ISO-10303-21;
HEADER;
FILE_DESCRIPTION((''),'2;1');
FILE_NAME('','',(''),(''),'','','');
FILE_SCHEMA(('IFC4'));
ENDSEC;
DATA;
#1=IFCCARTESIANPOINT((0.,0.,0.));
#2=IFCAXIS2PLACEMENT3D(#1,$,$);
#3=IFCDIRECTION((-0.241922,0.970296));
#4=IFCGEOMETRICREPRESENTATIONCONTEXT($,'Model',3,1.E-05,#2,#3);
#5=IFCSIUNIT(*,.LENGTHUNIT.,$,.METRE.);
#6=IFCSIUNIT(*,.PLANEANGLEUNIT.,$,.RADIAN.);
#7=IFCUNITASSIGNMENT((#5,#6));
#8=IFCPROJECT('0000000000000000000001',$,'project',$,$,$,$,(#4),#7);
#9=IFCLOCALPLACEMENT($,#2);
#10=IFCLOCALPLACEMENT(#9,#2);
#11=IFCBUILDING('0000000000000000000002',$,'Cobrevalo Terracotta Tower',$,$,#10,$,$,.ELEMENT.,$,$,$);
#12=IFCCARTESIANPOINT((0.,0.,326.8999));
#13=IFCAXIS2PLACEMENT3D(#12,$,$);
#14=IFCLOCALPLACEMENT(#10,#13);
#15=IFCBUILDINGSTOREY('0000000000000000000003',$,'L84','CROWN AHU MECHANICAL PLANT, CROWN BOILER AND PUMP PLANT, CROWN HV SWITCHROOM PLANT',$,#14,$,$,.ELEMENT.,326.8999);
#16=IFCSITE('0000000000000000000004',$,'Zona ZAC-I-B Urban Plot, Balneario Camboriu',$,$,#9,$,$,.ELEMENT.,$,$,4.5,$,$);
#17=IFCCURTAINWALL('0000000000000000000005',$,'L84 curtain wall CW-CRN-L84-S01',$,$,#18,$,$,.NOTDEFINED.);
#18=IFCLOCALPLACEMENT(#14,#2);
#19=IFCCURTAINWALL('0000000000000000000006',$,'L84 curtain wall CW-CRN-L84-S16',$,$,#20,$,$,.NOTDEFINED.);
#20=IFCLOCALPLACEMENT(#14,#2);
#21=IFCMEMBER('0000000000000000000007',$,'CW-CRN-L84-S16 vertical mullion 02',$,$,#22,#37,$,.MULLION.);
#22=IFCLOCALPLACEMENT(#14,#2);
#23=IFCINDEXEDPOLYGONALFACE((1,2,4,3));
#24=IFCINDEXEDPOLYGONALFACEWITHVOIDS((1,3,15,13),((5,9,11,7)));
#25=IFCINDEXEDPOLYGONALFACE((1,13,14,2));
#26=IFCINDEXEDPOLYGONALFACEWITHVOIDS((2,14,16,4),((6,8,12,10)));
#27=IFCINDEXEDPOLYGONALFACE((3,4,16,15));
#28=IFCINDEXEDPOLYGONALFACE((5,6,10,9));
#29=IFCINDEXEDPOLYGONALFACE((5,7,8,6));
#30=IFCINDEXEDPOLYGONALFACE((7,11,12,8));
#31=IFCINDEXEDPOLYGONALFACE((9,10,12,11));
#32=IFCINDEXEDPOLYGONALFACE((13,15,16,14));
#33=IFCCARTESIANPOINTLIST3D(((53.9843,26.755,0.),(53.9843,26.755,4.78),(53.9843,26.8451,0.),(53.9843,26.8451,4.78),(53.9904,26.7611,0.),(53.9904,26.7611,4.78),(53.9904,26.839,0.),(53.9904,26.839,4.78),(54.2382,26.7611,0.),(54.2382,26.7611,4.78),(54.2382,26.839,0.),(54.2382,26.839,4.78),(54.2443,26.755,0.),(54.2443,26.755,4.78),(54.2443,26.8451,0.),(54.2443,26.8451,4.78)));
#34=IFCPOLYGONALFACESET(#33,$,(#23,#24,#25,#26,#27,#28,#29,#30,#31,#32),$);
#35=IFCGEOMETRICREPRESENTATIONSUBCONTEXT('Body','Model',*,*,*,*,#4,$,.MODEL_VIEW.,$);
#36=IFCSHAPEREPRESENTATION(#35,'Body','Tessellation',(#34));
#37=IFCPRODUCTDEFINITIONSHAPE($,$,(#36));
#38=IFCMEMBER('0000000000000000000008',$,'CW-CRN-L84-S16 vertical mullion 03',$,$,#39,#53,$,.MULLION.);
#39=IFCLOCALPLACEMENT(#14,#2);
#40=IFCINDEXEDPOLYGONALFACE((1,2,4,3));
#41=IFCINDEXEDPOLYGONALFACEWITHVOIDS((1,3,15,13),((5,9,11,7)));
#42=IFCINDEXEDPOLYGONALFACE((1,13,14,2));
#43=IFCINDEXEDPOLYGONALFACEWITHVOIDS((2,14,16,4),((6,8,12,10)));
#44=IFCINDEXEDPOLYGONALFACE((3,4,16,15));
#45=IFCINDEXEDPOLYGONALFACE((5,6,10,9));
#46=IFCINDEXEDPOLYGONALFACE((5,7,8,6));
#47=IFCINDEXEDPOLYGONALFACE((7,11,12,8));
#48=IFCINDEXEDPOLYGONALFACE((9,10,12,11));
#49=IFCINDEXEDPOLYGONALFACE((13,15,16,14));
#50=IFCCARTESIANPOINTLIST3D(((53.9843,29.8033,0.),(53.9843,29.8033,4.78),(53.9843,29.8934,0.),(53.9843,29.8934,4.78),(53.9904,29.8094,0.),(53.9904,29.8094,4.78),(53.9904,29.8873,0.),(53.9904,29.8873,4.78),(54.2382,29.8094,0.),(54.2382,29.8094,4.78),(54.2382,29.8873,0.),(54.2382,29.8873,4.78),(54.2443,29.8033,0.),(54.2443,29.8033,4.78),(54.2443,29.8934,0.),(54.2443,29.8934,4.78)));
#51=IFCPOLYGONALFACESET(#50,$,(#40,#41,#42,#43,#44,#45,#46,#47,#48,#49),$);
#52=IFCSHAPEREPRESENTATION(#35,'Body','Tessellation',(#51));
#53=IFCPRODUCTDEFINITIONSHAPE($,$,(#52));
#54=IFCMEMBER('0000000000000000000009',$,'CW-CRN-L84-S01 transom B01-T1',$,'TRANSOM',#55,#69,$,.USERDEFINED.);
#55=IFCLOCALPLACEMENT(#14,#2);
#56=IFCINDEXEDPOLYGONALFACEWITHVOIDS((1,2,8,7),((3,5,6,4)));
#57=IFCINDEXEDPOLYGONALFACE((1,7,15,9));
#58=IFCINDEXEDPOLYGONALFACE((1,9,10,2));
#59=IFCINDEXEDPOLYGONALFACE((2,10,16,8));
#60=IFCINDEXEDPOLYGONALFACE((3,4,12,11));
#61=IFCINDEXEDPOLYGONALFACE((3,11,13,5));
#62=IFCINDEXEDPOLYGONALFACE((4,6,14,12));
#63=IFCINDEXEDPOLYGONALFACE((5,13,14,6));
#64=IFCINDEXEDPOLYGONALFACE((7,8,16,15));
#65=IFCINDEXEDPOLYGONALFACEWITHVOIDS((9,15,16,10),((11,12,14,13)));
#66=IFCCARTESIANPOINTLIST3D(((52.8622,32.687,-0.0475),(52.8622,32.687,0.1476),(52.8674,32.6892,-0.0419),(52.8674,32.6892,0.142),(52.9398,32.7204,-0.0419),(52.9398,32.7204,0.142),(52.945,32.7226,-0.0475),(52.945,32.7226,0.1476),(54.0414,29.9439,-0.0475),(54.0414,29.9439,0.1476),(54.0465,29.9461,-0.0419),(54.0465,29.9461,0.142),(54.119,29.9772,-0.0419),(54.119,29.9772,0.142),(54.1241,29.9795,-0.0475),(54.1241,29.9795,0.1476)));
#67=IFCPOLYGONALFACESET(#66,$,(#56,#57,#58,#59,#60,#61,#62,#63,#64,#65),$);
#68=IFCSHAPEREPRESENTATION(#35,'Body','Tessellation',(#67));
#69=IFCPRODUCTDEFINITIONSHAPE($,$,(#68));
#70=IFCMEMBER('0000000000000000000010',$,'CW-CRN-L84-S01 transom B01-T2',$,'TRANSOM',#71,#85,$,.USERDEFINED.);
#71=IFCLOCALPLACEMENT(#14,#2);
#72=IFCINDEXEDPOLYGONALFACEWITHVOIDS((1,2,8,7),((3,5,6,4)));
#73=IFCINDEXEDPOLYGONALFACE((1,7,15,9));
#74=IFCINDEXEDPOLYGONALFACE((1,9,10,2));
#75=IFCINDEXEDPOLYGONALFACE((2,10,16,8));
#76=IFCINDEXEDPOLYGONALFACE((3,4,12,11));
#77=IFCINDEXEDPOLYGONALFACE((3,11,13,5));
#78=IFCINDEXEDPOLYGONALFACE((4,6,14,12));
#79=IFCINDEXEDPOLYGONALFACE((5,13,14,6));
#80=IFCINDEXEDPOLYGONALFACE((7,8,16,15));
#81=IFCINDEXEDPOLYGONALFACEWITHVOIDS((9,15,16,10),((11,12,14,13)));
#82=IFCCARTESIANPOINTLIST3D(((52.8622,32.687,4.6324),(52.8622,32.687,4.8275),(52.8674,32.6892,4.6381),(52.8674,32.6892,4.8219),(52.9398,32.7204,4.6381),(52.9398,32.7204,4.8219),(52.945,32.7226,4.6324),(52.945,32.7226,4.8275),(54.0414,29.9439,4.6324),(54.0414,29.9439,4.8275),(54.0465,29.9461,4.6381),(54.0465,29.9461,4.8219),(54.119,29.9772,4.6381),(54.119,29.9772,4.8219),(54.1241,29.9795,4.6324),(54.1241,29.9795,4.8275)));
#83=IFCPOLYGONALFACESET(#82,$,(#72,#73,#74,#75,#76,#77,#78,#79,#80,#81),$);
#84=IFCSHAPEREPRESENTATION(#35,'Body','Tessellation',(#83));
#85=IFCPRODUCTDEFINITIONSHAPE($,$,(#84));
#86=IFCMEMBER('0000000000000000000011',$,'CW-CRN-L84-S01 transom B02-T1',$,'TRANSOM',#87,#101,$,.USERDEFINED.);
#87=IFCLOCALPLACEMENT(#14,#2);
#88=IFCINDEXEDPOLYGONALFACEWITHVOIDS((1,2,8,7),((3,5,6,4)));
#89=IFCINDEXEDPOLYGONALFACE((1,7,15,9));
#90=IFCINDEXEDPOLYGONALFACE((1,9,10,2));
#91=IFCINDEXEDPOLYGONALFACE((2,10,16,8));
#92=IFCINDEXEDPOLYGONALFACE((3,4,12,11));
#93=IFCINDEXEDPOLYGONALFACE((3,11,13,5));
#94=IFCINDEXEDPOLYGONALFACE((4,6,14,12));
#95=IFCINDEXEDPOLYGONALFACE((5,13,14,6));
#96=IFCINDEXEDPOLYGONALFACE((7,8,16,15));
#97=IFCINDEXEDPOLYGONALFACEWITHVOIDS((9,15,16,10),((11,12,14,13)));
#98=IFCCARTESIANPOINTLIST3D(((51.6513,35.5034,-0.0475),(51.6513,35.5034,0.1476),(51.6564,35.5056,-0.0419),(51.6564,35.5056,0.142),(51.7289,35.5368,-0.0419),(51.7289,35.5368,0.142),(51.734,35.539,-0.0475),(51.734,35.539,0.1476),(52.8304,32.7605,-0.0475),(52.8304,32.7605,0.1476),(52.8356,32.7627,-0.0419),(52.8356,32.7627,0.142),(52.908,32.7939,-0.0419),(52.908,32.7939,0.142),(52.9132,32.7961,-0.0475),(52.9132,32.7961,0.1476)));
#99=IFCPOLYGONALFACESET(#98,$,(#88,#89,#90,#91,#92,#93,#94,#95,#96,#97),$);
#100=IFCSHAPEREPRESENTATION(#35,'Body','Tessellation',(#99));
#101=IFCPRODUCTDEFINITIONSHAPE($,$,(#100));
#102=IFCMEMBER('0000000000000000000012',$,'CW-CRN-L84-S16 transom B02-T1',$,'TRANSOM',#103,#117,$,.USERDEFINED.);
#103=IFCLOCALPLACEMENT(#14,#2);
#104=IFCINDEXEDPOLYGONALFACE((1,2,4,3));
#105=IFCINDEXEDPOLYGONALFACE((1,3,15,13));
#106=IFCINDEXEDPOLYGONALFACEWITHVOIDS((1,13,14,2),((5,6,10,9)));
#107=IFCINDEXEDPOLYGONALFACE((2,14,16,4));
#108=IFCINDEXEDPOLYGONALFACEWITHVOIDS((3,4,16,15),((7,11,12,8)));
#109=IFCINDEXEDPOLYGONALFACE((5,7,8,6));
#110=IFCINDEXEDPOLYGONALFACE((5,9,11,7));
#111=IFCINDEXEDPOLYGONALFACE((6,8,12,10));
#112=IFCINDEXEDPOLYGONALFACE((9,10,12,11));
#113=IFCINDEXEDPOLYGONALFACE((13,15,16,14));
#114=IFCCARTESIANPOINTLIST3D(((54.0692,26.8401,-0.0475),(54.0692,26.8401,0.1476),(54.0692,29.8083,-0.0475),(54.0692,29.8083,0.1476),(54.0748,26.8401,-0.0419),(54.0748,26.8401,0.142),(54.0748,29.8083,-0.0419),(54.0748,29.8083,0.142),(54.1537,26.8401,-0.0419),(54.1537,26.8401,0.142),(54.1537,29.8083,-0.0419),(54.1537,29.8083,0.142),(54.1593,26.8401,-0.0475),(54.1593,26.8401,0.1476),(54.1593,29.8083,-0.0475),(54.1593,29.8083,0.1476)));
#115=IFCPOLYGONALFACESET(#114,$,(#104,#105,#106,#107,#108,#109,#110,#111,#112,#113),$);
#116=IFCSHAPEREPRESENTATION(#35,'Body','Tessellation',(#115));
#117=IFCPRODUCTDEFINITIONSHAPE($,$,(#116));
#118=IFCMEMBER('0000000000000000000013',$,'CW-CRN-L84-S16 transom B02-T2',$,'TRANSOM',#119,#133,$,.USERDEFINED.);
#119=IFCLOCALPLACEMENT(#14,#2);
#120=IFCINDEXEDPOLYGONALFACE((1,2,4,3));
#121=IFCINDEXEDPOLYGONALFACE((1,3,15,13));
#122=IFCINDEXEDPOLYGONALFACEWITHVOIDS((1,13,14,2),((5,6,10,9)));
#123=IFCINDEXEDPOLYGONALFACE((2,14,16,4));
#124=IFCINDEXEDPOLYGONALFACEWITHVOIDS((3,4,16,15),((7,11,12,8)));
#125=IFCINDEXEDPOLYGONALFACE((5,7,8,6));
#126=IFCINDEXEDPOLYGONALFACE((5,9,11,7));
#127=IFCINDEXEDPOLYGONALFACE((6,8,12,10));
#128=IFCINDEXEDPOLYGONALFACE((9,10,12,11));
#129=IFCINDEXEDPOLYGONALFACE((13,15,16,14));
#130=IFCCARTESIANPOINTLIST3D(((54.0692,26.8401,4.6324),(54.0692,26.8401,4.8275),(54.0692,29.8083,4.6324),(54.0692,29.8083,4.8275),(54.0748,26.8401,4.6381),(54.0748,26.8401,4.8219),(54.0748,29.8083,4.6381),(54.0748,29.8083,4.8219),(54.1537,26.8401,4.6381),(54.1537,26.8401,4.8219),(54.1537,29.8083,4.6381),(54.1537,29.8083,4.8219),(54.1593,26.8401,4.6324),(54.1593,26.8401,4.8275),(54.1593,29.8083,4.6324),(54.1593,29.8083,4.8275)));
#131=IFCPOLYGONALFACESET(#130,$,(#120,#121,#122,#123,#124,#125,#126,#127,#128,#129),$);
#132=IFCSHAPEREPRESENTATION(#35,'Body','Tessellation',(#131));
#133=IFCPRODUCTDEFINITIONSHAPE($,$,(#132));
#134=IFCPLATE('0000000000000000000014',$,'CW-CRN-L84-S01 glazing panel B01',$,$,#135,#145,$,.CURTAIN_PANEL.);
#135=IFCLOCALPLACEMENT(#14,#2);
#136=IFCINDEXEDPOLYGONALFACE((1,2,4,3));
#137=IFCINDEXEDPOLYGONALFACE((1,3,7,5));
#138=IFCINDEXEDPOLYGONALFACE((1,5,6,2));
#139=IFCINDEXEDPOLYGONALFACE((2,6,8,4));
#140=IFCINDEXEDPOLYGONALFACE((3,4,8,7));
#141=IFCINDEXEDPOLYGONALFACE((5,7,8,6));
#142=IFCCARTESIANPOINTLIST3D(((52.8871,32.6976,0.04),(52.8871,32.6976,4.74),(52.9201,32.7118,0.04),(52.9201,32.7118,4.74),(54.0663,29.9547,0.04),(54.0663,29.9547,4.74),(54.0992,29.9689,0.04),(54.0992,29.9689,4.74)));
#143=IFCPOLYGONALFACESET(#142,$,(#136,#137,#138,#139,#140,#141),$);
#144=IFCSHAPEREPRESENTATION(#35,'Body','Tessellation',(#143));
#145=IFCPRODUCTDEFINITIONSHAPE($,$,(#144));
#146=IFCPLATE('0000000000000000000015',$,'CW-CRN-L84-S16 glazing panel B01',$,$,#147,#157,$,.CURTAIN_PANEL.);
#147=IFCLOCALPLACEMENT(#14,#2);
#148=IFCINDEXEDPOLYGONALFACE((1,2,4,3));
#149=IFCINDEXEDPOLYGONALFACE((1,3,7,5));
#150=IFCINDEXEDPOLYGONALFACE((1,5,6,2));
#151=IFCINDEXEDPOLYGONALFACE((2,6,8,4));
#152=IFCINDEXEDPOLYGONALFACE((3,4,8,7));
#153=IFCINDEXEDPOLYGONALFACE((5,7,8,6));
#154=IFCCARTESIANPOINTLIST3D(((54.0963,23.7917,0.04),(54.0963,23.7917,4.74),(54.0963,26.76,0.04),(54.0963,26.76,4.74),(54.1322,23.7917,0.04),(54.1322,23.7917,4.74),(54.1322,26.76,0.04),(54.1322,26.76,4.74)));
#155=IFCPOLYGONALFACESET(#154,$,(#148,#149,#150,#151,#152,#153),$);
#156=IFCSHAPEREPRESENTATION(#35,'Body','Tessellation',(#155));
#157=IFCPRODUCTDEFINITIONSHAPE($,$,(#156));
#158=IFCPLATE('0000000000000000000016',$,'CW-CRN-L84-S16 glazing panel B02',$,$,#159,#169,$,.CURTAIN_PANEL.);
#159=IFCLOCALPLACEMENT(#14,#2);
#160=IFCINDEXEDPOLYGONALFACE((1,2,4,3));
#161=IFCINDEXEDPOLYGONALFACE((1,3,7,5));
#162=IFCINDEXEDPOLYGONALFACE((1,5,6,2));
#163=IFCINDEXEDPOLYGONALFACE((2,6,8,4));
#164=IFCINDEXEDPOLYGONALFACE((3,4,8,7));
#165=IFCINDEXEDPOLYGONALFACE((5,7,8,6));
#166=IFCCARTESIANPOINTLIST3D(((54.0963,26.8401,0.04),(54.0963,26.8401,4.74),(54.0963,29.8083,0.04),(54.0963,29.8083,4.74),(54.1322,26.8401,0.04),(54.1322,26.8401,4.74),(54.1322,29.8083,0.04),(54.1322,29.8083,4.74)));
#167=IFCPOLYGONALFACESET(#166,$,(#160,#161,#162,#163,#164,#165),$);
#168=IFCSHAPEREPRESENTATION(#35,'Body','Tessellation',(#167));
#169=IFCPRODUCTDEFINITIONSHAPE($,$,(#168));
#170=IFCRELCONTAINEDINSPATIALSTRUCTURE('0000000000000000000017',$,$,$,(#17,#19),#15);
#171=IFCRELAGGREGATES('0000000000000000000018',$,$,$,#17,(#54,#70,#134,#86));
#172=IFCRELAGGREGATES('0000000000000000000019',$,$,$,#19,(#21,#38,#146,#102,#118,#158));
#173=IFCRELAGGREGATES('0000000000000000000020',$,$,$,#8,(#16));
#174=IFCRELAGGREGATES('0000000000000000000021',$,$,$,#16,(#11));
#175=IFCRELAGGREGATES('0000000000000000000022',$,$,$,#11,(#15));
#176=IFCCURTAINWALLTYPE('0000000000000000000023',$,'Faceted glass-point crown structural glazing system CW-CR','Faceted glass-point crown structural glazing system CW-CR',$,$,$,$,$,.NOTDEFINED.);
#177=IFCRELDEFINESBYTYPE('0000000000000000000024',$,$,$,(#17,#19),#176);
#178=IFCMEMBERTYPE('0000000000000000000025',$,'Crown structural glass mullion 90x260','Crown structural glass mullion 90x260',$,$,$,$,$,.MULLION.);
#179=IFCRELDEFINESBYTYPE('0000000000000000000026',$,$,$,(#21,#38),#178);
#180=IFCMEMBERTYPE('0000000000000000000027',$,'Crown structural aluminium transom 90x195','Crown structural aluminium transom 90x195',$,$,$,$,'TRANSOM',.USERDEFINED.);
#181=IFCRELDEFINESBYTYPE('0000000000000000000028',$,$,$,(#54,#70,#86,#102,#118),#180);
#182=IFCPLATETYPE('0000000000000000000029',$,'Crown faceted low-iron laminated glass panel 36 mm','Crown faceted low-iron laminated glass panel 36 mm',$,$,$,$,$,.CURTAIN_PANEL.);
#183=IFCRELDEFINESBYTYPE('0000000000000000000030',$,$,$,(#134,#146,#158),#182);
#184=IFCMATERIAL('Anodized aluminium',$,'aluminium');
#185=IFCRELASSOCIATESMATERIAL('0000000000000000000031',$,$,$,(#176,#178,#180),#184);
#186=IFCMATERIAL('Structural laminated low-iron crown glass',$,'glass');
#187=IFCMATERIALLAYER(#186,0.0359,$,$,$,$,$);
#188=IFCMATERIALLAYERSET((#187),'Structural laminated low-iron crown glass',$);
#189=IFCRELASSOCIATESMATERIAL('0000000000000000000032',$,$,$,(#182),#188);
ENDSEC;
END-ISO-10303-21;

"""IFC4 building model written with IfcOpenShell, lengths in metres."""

from ifc_helpers import new_model, si_unit, direction, frame, origin, origin_2d, place, context, subcontext, project, spatial, rectangle, hollow_rectangle, extrude, source, transform, mapped, material, layer, layer_set, material_profile, profile_set, type_object, element, aggregate, save


model = new_model("IFC4")

# Units and contexts
model_context = context("Model", 3, precision=1e-05, world=origin(), true_north=direction((-0.241922, 0.970296)))
body_context = subcontext(model_context, "Body", "Model", "MODEL_VIEW")
ifc_project = project(units=[si_unit("LENGTHUNIT", "METRE"), si_unit("PLANEANGLEUNIT", "RADIAN")], contexts=[model_context])

# Site, building, storey
site_placement = place(None, origin())
site = spatial("IfcSite", under=ifc_project, at=site_placement, Name="Zona ZAC-I-B Urban Plot, Balneario Camboriu", CompositionType="ELEMENT", RefElevation=4.5)
building_placement = place(site_placement, origin())
building = spatial("IfcBuilding", under=site, at=building_placement, Name="Cobrevalo Terracotta Tower", CompositionType="ELEMENT")
storey_placement = place(building_placement, frame((0.0, 0.0, 326.8999)))
storey = spatial("IfcBuildingStorey", under=building, at=storey_placement, Name="L84", Description="CROWN AHU MECHANICAL PLANT, CROWN BOILER AND PUMP PLANT, CROWN HV SWITCHROOM PLANT", CompositionType="ELEMENT", Elevation=326.8999)

# Curtain walls, members
ifc_material_1 = material(Name="Anodized aluminium", Category="aluminium")
curtain_wall_type = type_object("IfcCurtainWallType", Name="Faceted glass-point crown structural glazing system CW-CR", Description="Faceted glass-point crown structural glazing system CW-CR", PredefinedType="NOTDEFINED", material=ifc_material_1)
curtain_wall_1_placement = place(storey_placement, origin())
curtain_wall_1 = element("IfcCurtainWall", 1, at=curtain_wall_1_placement, inside=storey, type_object=curtain_wall_type, Name="L84 curtain wall CW-CRN-L84-S01", PredefinedType="NOTDEFINED")
ifc_material_profile_1 = material_profile(ifc_material_1, hollow_rectangle(XDim=0.0901, YDim=0.26, WallThickness=0.0061, at=origin_2d()), Name="CWM 90x260")
ifc_profile_set_1 = profile_set([ifc_material_profile_1], Name="Anodized aluminium")
member_type_1 = type_object("IfcMemberType", Name="Crown structural glass mullion 90x260", Description="Crown structural glass mullion 90x260", PredefinedType="MULLION", material=ifc_profile_set_1)
shared_shape_1 = source(origin(), body_context, "Body", "SweptSolid", [
    extrude(hollow_rectangle(XDim=0.0901, YDim=0.26, WallThickness=0.0061, at=origin_2d()), origin(), (0.0, 0.0, 1.0), 4.78),
])
curtain_wall_2_placement = place(storey_placement, origin())
curtain_wall_2 = element("IfcCurtainWall", 2, at=curtain_wall_2_placement, inside=storey, type_object=curtain_wall_type, Name="L84 curtain wall CW-CRN-L84-S16", PredefinedType="NOTDEFINED")
member_1_placement = place(storey_placement, frame((54.1143, 26.8, 0.0), z_axis=(0.0, 0.0, 1.0), x_axis=(0.0, 1.0, 0.0)))
member_1 = element("IfcMember", 3, at=member_1_placement, type_object=member_type_1, Name="CW-CRN-L84-S16 vertical mullion 02", PredefinedType="MULLION", context=body_context, shape_type="MappedRepresentation", body=[
    mapped(shared_shape_1, transform((0.0, 0.0, 0.0), scale=1.0)),
])
member_2_placement = place(storey_placement, frame((54.1143, 29.8484, 0.0), z_axis=(0.0, 0.0, 1.0), x_axis=(0.0, 1.0, 0.0)))
member_2 = element("IfcMember", 4, at=member_2_placement, type_object=member_type_1, Name="CW-CRN-L84-S16 vertical mullion 03", PredefinedType="MULLION", context=body_context, shape_type="MappedRepresentation", body=[
    mapped(shared_shape_1, transform((0.0, 0.0, 0.0), scale=1.0)),
])

# Members
ifc_material_profile_2 = material_profile(ifc_material_1, hollow_rectangle(XDim=0.0901, YDim=0.1951, WallThickness=0.0056, at=origin_2d()), Name="CWT 90x195")
ifc_profile_set_2 = profile_set([ifc_material_profile_2], Name="Anodized aluminium")
member_type_2 = type_object("IfcMemberType", Name="Crown structural aluminium transom 90x195", Description="Crown structural aluminium transom 90x195", ElementType="TRANSOM", PredefinedType="USERDEFINED", material=ifc_profile_set_2)
shared_shape_2 = source(origin(), body_context, "Body", "SweptSolid", [
    extrude(hollow_rectangle(XDim=0.0901, YDim=0.1951, WallThickness=0.0056, at=origin_2d()), origin(), (0.0, 0.0, 1.0), 2.9858),
])
member_3_placement = place(storey_placement, frame((54.0828, 29.9617, 0.05), z_axis=(-0.394926, 0.918713, 0.0), x_axis=(-0.918713, -0.394926, 0.0)))
member_3 = element("IfcMember", 5, at=member_3_placement, type_object=member_type_2, Name="CW-CRN-L84-S01 transom B01-T1", ObjectType="TRANSOM", PredefinedType="USERDEFINED", context=body_context, shape_type="MappedRepresentation", body=[
    mapped(shared_shape_2, transform((0.0, 0.0, 0.0), scale=1.0)),
])
member_4_placement = place(storey_placement, frame((54.0828, 29.9617, 4.73), z_axis=(-0.394926, 0.918713, 0.0), x_axis=(-0.918713, -0.394926, 0.0)))
member_4 = element("IfcMember", 6, at=member_4_placement, type_object=member_type_2, Name="CW-CRN-L84-S01 transom B01-T2", ObjectType="TRANSOM", PredefinedType="USERDEFINED", context=body_context, shape_type="MappedRepresentation", body=[
    mapped(shared_shape_2, transform((0.0, 0.0, 0.0), scale=1.0)),
])
shared_shape_3 = source(origin(), body_context, "Body", "SweptSolid", [
    extrude(hollow_rectangle(XDim=0.0901, YDim=0.1951, WallThickness=0.0056, at=origin_2d()), origin(), (0.0, 0.0, 1.0), 2.9856),
])
member_5_placement = place(storey_placement, frame((52.8718, 32.7783, 0.05), z_axis=(-0.394955, 0.9187, 0.0), x_axis=(-0.9187, -0.394955, 0.0)))
member_5 = element("IfcMember", 7, at=member_5_placement, type_object=member_type_2, Name="CW-CRN-L84-S01 transom B02-T1", ObjectType="TRANSOM", PredefinedType="USERDEFINED", context=body_context, shape_type="MappedRepresentation", body=[
    mapped(shared_shape_3, transform((0.0, 0.0, 0.0), scale=1.0)),
])
shared_shape_4 = source(origin(), body_context, "Body", "SweptSolid", [
    extrude(hollow_rectangle(XDim=0.0901, YDim=0.1951, WallThickness=0.0056, at=origin_2d()), origin(), (0.0, 0.0, 1.0), 2.9683),
])
member_6_placement = place(storey_placement, frame((54.1143, 26.8401, 0.05), z_axis=(0.0, 1.0, 0.0), x_axis=(-1.0, 0.0, 0.0)))
member_6 = element("IfcMember", 8, at=member_6_placement, type_object=member_type_2, Name="CW-CRN-L84-S16 transom B02-T1", ObjectType="TRANSOM", PredefinedType="USERDEFINED", context=body_context, shape_type="MappedRepresentation", body=[
    mapped(shared_shape_4, transform((0.0, 0.0, 0.0), scale=1.0)),
])
member_7_placement = place(storey_placement, frame((54.1143, 26.8401, 4.73), z_axis=(0.0, 1.0, 0.0), x_axis=(-1.0, 0.0, 0.0)))
member_7 = element("IfcMember", 9, at=member_7_placement, type_object=member_type_2, Name="CW-CRN-L84-S16 transom B02-T2", ObjectType="TRANSOM", PredefinedType="USERDEFINED", context=body_context, shape_type="MappedRepresentation", body=[
    mapped(shared_shape_4, transform((0.0, 0.0, 0.0), scale=1.0)),
])

# Plates
ifc_material_2 = material(Name="Structural laminated low-iron crown glass", Category="glass")
ifc_layer_1 = layer(ifc_material_2, 0.0359)
ifc_layer_set_1 = layer_set([ifc_layer_1], Name="Structural laminated low-iron crown glass")
plate_type = type_object("IfcPlateType", Name="Crown faceted low-iron laminated glass panel 36 mm", Description="Crown faceted low-iron laminated glass panel 36 mm", PredefinedType="CURTAIN_PANEL", material=ifc_layer_set_1)
shared_shape_5 = source(origin(), body_context, "Body", "SweptSolid", [
    extrude(rectangle(XDim=2.9856, YDim=0.0359, at=origin_2d()), origin(), (0.0, 0.0, 1.0), 4.7),
])
plate_1_placement = place(storey_placement, frame((53.4932, 31.3333, 0.04), z_axis=(0.0, 0.0, 1.0), x_axis=(-0.39496, 0.918698, 0.0)))
plate_1 = element("IfcPlate", 10, at=plate_1_placement, type_object=plate_type, Name="CW-CRN-L84-S01 glazing panel B01", PredefinedType="CURTAIN_PANEL", context=body_context, shape_type="MappedRepresentation", body=[
    mapped(shared_shape_5, transform((0.0, 0.0, 0.0), scale=1.0)),
])
aggregate(curtain_wall_1, [member_3, member_4, plate_1, member_5])
shared_shape_6 = source(origin(), body_context, "Body", "SweptSolid", [
    extrude(rectangle(XDim=2.9683, YDim=0.0359, at=origin_2d()), origin(), (0.0, 0.0, 1.0), 4.7),
])
plate_2_placement = place(storey_placement, frame((54.1143, 25.2759, 0.04), z_axis=(0.0, 0.0, 1.0), x_axis=(0.0, 1.0, 0.0)))
plate_2 = element("IfcPlate", 11, at=plate_2_placement, type_object=plate_type, Name="CW-CRN-L84-S16 glazing panel B01", PredefinedType="CURTAIN_PANEL", context=body_context, shape_type="MappedRepresentation", body=[
    mapped(shared_shape_6, transform((0.0, 0.0, 0.0), scale=1.0)),
])
plate_3_placement = place(storey_placement, frame((54.1143, 28.3242, 0.04), z_axis=(0.0, 0.0, 1.0), x_axis=(0.0, 1.0, 0.0)))
plate_3 = element("IfcPlate", 12, at=plate_3_placement, type_object=plate_type, Name="CW-CRN-L84-S16 glazing panel B02", PredefinedType="CURTAIN_PANEL", context=body_context, shape_type="MappedRepresentation", body=[
    mapped(shared_shape_6, transform((0.0, 0.0, 0.0), scale=1.0)),
])
aggregate(curtain_wall_2, [member_1, member_2, plate_2, member_6, member_7, plate_3])

save(model, "model.ifc")
